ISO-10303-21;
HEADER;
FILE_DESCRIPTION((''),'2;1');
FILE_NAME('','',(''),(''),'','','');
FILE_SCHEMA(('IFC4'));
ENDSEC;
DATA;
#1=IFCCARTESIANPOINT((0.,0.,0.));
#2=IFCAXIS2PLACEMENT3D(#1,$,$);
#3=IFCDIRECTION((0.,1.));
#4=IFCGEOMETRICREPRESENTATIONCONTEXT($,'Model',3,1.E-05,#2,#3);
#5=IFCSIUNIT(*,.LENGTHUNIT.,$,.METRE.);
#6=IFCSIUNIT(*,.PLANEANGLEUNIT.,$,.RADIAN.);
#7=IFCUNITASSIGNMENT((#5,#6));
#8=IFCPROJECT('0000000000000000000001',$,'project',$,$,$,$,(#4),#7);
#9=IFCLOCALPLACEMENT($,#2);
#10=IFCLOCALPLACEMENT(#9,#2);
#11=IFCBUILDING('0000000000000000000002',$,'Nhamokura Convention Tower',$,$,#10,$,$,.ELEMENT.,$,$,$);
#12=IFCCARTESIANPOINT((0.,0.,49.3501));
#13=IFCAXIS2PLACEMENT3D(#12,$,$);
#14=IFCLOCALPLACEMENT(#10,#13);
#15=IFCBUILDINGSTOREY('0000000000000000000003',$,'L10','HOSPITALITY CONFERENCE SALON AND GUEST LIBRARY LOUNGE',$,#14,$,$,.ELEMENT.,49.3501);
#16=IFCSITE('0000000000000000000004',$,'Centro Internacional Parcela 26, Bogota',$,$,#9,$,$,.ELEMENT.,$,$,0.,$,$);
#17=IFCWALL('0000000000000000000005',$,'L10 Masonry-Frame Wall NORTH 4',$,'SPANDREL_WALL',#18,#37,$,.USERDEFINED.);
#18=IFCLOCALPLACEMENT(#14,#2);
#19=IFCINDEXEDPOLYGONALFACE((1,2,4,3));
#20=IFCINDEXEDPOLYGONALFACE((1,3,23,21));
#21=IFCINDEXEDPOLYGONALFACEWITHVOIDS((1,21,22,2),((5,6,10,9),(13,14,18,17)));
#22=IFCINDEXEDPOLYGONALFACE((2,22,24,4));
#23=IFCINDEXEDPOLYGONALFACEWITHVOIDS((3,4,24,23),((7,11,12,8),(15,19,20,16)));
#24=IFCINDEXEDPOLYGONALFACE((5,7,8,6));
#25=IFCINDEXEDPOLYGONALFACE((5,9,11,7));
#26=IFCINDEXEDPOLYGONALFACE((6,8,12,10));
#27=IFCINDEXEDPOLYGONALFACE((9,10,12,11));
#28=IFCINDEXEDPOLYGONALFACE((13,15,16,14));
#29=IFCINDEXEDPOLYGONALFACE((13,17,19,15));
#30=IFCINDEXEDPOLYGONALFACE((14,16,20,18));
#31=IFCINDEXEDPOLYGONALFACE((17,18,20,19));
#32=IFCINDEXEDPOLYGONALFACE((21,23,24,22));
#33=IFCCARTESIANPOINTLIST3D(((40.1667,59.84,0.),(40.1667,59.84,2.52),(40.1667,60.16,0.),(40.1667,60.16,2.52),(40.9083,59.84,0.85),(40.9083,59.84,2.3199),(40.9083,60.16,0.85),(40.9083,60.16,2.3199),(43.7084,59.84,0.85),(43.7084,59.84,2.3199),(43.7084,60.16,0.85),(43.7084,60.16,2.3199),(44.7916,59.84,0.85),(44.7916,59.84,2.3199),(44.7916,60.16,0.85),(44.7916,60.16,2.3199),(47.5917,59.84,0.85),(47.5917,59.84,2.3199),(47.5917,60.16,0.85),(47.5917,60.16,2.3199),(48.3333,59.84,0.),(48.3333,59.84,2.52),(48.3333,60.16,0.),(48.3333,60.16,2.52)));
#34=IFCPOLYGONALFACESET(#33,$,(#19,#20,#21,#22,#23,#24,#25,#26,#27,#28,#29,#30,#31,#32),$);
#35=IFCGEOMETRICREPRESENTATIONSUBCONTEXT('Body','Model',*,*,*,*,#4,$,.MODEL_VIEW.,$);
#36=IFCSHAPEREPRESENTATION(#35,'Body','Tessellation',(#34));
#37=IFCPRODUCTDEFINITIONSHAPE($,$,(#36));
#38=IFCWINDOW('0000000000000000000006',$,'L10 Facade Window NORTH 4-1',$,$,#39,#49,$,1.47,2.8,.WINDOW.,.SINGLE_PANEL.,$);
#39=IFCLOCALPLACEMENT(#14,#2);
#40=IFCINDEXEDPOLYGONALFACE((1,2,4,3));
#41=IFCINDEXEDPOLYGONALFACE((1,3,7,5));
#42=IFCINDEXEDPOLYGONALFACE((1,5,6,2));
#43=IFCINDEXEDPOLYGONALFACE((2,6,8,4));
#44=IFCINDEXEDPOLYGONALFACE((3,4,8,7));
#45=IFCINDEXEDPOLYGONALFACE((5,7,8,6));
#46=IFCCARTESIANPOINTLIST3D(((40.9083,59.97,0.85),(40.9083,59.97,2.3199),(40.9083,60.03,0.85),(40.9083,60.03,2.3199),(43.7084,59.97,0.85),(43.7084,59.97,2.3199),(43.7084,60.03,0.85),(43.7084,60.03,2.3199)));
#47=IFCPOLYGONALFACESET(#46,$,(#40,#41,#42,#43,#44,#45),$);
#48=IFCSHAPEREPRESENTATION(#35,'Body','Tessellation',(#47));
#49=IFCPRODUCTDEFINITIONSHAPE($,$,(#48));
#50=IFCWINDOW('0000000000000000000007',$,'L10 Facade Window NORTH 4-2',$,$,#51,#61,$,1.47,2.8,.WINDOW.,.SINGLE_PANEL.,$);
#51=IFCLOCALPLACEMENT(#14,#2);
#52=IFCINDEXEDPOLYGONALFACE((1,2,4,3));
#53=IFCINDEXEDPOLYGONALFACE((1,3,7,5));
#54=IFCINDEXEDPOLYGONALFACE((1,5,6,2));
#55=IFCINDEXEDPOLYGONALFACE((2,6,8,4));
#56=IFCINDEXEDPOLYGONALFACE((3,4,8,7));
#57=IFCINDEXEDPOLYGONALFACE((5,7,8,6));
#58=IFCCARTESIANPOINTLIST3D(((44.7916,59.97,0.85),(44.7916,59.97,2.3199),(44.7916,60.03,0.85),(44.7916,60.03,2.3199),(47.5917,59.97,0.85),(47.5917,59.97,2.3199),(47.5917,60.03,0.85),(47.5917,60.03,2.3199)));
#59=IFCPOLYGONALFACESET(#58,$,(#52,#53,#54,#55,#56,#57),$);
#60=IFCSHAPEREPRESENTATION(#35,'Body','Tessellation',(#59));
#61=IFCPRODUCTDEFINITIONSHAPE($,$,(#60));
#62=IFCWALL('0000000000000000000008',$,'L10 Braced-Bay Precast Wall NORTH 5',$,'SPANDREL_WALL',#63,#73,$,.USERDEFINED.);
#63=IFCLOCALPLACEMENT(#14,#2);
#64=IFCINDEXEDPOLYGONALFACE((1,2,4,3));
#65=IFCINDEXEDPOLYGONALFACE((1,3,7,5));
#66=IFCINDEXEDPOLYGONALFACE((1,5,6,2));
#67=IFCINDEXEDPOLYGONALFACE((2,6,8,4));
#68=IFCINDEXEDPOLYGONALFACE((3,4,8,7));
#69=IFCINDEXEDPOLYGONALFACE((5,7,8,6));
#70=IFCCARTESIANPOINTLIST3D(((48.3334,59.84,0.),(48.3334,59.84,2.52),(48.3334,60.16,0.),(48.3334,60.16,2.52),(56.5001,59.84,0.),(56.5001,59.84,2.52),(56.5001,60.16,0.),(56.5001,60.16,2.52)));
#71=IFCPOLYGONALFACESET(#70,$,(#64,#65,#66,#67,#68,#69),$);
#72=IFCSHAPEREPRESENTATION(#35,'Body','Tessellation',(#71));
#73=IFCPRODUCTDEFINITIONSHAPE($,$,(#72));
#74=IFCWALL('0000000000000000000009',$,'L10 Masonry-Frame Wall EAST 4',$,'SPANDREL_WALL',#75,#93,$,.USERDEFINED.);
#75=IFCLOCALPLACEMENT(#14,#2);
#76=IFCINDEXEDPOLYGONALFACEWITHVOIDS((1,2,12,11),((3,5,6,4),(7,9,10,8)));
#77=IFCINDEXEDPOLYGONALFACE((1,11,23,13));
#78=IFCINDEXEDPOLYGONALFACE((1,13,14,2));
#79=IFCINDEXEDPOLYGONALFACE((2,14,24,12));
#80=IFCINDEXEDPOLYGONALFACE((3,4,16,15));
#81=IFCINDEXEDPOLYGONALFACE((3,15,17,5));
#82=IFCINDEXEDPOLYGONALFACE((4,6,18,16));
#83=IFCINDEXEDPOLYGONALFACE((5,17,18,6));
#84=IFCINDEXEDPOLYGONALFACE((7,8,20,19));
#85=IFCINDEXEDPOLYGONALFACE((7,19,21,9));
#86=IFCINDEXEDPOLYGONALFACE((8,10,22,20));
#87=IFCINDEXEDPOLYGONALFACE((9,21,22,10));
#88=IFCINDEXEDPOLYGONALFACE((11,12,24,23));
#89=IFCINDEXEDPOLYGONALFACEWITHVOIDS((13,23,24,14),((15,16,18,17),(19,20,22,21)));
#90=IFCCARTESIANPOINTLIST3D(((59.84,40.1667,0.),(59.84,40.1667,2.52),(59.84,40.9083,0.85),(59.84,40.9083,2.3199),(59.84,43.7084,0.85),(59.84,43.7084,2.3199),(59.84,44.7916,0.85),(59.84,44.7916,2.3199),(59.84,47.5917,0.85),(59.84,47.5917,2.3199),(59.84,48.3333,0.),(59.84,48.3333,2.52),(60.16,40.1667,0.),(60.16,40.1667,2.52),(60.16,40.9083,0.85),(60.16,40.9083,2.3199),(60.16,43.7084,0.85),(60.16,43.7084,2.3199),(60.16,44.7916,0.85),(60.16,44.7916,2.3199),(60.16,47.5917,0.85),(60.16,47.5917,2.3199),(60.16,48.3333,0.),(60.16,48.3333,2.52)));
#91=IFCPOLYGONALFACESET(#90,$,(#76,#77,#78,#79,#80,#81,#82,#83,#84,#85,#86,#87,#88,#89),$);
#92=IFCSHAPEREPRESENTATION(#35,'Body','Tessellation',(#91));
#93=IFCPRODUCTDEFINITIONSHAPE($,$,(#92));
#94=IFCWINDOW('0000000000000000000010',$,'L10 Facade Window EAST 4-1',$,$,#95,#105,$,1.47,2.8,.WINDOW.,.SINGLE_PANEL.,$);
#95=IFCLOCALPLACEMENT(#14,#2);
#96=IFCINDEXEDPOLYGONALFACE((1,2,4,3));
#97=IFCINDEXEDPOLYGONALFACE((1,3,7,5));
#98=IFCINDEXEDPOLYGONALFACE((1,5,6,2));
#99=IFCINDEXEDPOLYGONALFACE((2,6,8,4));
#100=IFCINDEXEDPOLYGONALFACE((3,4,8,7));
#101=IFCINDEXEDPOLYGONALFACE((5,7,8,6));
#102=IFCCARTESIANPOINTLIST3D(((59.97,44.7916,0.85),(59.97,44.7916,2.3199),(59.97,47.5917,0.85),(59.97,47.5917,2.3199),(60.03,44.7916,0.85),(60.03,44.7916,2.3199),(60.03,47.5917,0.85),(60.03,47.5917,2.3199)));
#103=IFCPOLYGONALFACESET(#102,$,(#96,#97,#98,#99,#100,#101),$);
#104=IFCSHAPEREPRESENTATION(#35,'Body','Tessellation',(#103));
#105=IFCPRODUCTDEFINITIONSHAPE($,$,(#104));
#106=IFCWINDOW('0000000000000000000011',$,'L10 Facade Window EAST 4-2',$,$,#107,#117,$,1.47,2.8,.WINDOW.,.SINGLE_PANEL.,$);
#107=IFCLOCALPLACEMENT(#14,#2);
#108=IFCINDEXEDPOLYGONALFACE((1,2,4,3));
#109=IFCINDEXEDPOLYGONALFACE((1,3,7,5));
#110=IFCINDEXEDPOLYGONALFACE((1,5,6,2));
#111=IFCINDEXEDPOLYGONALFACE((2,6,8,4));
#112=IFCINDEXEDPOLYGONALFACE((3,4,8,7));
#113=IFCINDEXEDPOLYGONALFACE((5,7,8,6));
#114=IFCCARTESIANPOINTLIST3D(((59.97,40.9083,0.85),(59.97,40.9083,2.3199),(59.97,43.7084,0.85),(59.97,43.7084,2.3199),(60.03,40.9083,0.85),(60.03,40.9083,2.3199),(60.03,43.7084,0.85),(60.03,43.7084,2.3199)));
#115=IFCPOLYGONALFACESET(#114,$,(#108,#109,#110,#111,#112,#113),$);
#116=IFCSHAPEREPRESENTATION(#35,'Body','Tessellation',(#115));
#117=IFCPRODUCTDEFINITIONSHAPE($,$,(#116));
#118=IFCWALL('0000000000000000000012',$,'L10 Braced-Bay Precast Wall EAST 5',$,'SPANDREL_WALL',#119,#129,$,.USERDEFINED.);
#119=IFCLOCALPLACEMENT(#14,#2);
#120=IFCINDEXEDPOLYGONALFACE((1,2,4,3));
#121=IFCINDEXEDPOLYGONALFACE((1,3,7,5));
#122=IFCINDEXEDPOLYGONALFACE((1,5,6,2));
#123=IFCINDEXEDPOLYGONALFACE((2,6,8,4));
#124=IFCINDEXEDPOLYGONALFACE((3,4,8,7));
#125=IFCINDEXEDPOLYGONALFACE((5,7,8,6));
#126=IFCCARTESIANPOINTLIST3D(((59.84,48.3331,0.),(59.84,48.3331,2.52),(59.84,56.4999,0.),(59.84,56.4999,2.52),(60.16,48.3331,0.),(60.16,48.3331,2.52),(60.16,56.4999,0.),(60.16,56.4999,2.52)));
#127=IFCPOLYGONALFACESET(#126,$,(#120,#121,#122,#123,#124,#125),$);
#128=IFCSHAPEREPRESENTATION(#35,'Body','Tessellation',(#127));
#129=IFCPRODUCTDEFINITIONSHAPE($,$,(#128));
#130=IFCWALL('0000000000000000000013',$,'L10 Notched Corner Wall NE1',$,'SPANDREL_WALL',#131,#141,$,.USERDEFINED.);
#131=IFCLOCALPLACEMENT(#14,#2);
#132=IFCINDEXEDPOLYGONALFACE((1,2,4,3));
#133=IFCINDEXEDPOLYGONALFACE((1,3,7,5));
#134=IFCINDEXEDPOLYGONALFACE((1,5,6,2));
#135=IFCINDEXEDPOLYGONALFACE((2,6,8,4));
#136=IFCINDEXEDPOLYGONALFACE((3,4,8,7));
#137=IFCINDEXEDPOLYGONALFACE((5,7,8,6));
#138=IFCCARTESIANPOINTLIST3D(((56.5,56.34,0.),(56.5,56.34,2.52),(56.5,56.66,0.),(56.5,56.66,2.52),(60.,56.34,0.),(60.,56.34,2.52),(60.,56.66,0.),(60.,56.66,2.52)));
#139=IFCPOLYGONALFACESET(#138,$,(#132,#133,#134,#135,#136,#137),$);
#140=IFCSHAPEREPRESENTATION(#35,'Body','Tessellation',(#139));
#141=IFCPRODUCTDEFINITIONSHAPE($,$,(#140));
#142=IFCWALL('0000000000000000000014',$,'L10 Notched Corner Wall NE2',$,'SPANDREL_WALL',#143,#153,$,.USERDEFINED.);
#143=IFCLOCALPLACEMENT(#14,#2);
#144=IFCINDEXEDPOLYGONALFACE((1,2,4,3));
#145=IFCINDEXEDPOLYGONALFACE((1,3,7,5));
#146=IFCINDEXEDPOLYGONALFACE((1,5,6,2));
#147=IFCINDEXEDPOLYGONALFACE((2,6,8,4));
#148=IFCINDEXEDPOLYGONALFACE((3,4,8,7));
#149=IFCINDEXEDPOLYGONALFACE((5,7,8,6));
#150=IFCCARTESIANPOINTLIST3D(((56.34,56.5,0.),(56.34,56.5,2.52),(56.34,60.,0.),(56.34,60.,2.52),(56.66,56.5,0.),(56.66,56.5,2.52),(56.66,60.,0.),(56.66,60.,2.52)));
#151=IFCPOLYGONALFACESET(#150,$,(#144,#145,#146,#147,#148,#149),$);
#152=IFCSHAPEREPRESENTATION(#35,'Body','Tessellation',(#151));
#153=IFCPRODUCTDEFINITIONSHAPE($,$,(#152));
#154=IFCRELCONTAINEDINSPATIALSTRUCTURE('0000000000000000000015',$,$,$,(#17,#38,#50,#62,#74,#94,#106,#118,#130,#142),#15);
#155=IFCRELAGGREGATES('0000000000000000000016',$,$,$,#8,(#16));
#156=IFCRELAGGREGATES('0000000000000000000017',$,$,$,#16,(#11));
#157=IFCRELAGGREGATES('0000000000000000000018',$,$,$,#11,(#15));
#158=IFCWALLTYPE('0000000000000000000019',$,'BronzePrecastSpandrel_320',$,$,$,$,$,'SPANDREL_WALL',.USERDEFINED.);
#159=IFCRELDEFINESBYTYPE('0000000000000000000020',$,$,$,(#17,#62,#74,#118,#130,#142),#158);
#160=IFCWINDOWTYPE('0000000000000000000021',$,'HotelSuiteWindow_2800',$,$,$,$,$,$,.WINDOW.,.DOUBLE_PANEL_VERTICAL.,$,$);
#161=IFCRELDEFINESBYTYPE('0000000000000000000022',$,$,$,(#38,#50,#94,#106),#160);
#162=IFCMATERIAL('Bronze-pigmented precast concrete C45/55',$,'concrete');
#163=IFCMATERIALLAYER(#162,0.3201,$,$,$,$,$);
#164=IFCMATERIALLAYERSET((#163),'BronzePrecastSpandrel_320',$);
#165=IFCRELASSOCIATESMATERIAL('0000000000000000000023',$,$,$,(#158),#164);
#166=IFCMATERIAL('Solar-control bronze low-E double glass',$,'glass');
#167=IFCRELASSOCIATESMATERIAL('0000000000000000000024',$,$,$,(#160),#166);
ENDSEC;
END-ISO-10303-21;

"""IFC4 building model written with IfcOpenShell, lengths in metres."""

from ifc_helpers import new_model, si_unit, direction, frame, frame_2d, origin, place, context, subcontext, project, spatial, rectangle, extrude, material, layer, layer_set, type_object, element, fill, save


model = new_model("IFC4")

# Units and contexts
model_context = context("Model", 3, precision=1e-05, world=origin(), true_north=direction((0.0, 1.0)))
body_context = subcontext(model_context, "Body", "Model", "MODEL_VIEW")
ifc_project = project(units=[si_unit("LENGTHUNIT", "METRE"), si_unit("PLANEANGLEUNIT", "RADIAN")], contexts=[model_context])

# Site, building, storey
site_placement = place(None, origin())
site = spatial("IfcSite", under=ifc_project, at=site_placement, Name="Centro Internacional Parcela 26, Bogota", CompositionType="ELEMENT", RefElevation=0.0)
building_placement = place(site_placement, origin())
building = spatial("IfcBuilding", under=site, at=building_placement, Name="Nhamokura Convention Tower", CompositionType="ELEMENT")
storey_placement = place(building_placement, frame((0.0, 0.0, 49.3501)))
storey = spatial("IfcBuildingStorey", under=building, at=storey_placement, Name="L10", Description="HOSPITALITY CONFERENCE SALON AND GUEST LIBRARY LOUNGE", CompositionType="ELEMENT", Elevation=49.3501)

# Wall, openings, windows
ifc_material_1 = material(Name="Bronze-pigmented precast concrete C45/55", Category="concrete")
ifc_layer = layer(ifc_material_1, 0.3201)
ifc_layer_set = layer_set([ifc_layer], Name="BronzePrecastSpandrel_320")
wall_type = type_object("IfcWallType", Name="BronzePrecastSpandrel_320", ElementType="SPANDREL_WALL", PredefinedType="USERDEFINED", material=ifc_layer_set)
wall_1_placement = place(storey_placement, frame((40.1667, 60.0, 0.0), z_axis=(0.0, 0.0, 1.0), x_axis=(1.0, 0.0, 0.0)))
wall_1 = element("IfcWall", 1, at=wall_1_placement, inside=storey, type_object=wall_type, Name="L10 Masonry-Frame Wall NORTH 4", ObjectType="SPANDREL_WALL", PredefinedType="USERDEFINED", context=body_context, shape_type="SweptSolid", body=[
    extrude(rectangle(XDim=8.1665, YDim=0.3201, at=frame_2d((4.0833, 0.0))), origin(), (0.0, 0.0, 1.0), 2.52),
])
opening_1_placement = place(wall_1_placement, frame((0.7417, 0.0, 0.8501)))
opening_1 = element("IfcOpeningElement", 2, at=opening_1_placement, cuts=wall_1, PredefinedType="OPENING", context=body_context, shape_type="SweptSolid", body=[
    extrude(rectangle(XDim=2.8, YDim=1.47, at=frame_2d((1.3999, 0.7349))), frame((0.0, 0.1699, 0.0), z_axis=(0.0, -1.0, 0.0), x_axis=(1.0, 0.0, 0.0)), (0.0, 0.0, 1.0), 0.3401),
])
opening_2_placement = place(wall_1_placement, frame((4.625, 0.0, 0.8501)))
opening_2 = element("IfcOpeningElement", 3, at=opening_2_placement, cuts=wall_1, PredefinedType="OPENING", context=body_context, shape_type="SweptSolid", body=[
    extrude(rectangle(XDim=2.8, YDim=1.47, at=frame_2d((1.3999, 0.7349))), frame((0.0, 0.1699, 0.0), z_axis=(0.0, -1.0, 0.0), x_axis=(1.0, 0.0, 0.0)), (0.0, 0.0, 1.0), 0.3401),
])
ifc_material_2 = material(Name="Solar-control bronze low-E double glass", Category="glass")
window_type = type_object("IfcWindowType", Name="HotelSuiteWindow_2800", PartitioningType="DOUBLE_PANEL_VERTICAL", PredefinedType="WINDOW", material=ifc_material_2)
window_1_placement = place(opening_1_placement, origin())
window_1 = element("IfcWindow", 4, at=window_1_placement, inside=storey, type_object=window_type, Name="L10 Facade Window NORTH 4-1", OverallHeight=1.47, OverallWidth=2.8, PartitioningType="SINGLE_PANEL", PredefinedType="WINDOW", context=body_context, shape_type="SweptSolid", body=[
    extrude(rectangle(XDim=2.8, YDim=1.47, at=frame_2d((1.3999, 0.7349))), frame((0.0, 0.03, 0.0), z_axis=(0.0, -1.0, 0.0), x_axis=(1.0, 0.0, 0.0)), (0.0, 0.0, 1.0), 0.0601),
])
fill(opening_1, window_1)
window_2_placement = place(opening_2_placement, origin())
window_2 = element("IfcWindow", 5, at=window_2_placement, inside=storey, type_object=window_type, Name="L10 Facade Window NORTH 4-2", OverallHeight=1.47, OverallWidth=2.8, PartitioningType="SINGLE_PANEL", PredefinedType="WINDOW", context=body_context, shape_type="SweptSolid", body=[
    extrude(rectangle(XDim=2.8, YDim=1.47, at=frame_2d((1.3999, 0.7349))), frame((0.0, 0.03, 0.0), z_axis=(0.0, -1.0, 0.0), x_axis=(1.0, 0.0, 0.0)), (0.0, 0.0, 1.0), 0.0601),
])
fill(opening_2, window_2)

# Wall
wall_2_placement = place(storey_placement, frame((48.3333, 60.0, 0.0), z_axis=(0.0, 0.0, 1.0), x_axis=(1.0, 0.0, 0.0)))
element("IfcWall", 6, at=wall_2_placement, inside=storey, type_object=wall_type, Name="L10 Braced-Bay Precast Wall NORTH 5", ObjectType="SPANDREL_WALL", PredefinedType="USERDEFINED", context=body_context, shape_type="SweptSolid", body=[
    extrude(rectangle(XDim=8.1667, YDim=0.3201, at=frame_2d((4.0835, 0.0))), origin(), (0.0, 0.0, 1.0), 2.52),
])

# Wall, openings, windows
wall_3_placement = place(storey_placement, frame((60.0, 48.3333, 0.0), z_axis=(0.0, 0.0, 1.0), x_axis=(0.0, -1.0, 0.0)))
wall_3 = element("IfcWall", 7, at=wall_3_placement, inside=storey, type_object=wall_type, Name="L10 Masonry-Frame Wall EAST 4", ObjectType="SPANDREL_WALL", PredefinedType="USERDEFINED", context=body_context, shape_type="SweptSolid", body=[
    extrude(rectangle(XDim=8.1665, YDim=0.3201, at=frame_2d((4.0833, 0.0))), origin(), (0.0, 0.0, 1.0), 2.52),
])
opening_3_placement = place(wall_3_placement, frame((0.7417, 0.0, 0.8501)))
opening_3 = element("IfcOpeningElement", 8, at=opening_3_placement, cuts=wall_3, PredefinedType="OPENING", context=body_context, shape_type="SweptSolid", body=[
    extrude(rectangle(XDim=2.8, YDim=1.47, at=frame_2d((1.3999, 0.7349))), frame((0.0, 0.1699, 0.0), z_axis=(0.0, -1.0, 0.0), x_axis=(1.0, 0.0, 0.0)), (0.0, 0.0, 1.0), 0.3401),
])
opening_4_placement = place(wall_3_placement, frame((4.625, 0.0, 0.8501)))
opening_4 = element("IfcOpeningElement", 9, at=opening_4_placement, cuts=wall_3, PredefinedType="OPENING", context=body_context, shape_type="SweptSolid", body=[
    extrude(rectangle(XDim=2.8, YDim=1.47, at=frame_2d((1.3999, 0.7349))), frame((0.0, 0.1699, 0.0), z_axis=(0.0, -1.0, 0.0), x_axis=(1.0, 0.0, 0.0)), (0.0, 0.0, 1.0), 0.3401),
])
window_3_placement = place(opening_3_placement, origin())
window_3 = element("IfcWindow", 10, at=window_3_placement, inside=storey, type_object=window_type, Name="L10 Facade Window EAST 4-1", OverallHeight=1.47, OverallWidth=2.8, PartitioningType="SINGLE_PANEL", PredefinedType="WINDOW", context=body_context, shape_type="SweptSolid", body=[
    extrude(rectangle(XDim=2.8, YDim=1.47, at=frame_2d((1.3999, 0.7349))), frame((0.0, 0.03, 0.0), z_axis=(0.0, -1.0, 0.0), x_axis=(1.0, 0.0, 0.0)), (0.0, 0.0, 1.0), 0.0601),
])
fill(opening_3, window_3)
window_4_placement = place(opening_4_placement, origin())
window_4 = element("IfcWindow", 11, at=window_4_placement, inside=storey, type_object=window_type, Name="L10 Facade Window EAST 4-2", OverallHeight=1.47, OverallWidth=2.8, PartitioningType="SINGLE_PANEL", PredefinedType="WINDOW", context=body_context, shape_type="SweptSolid", body=[
    extrude(rectangle(XDim=2.8, YDim=1.47, at=frame_2d((1.3999, 0.7349))), frame((0.0, 0.03, 0.0), z_axis=(0.0, -1.0, 0.0), x_axis=(1.0, 0.0, 0.0)), (0.0, 0.0, 1.0), 0.0601),
])
fill(opening_4, window_4)

# Walls
wall_4_placement = place(storey_placement, frame((60.0, 56.5, 0.0), z_axis=(0.0, 0.0, 1.0), x_axis=(0.0, -1.0, 0.0)))
element("IfcWall", 12, at=wall_4_placement, inside=storey, type_object=wall_type, Name="L10 Braced-Bay Precast Wall EAST 5", ObjectType="SPANDREL_WALL", PredefinedType="USERDEFINED", context=body_context, shape_type="SweptSolid", body=[
    extrude(rectangle(XDim=8.1667, YDim=0.3201, at=frame_2d((4.0835, 0.0))), origin(), (0.0, 0.0, 1.0), 2.52),
])
for number, where, z_axis, x_axis, name in (
    (13, (56.5, 56.5, 0.0), (0.0, 0.0, 1.0), (1.0, 0.0, 0.0), "L10 Notched Corner Wall NE1"),
    (14, (56.5, 60.0, 0.0), (0.0, 0.0, 1.0), (0.0, -1.0, 0.0), "L10 Notched Corner Wall NE2"),
):
    element("IfcWall", number, at=place(storey_placement, frame(where, z_axis=z_axis, x_axis=x_axis)), inside=storey, type_object=wall_type, Name=name, ObjectType="SPANDREL_WALL", PredefinedType="USERDEFINED", context=body_context, shape_type="SweptSolid", body=[
        extrude(rectangle(XDim=3.5, YDim=0.3201, at=frame_2d((1.75, 0.0))), origin(), (0.0, 0.0, 1.0), 2.52),
    ])

save(model, "model.ifc")
